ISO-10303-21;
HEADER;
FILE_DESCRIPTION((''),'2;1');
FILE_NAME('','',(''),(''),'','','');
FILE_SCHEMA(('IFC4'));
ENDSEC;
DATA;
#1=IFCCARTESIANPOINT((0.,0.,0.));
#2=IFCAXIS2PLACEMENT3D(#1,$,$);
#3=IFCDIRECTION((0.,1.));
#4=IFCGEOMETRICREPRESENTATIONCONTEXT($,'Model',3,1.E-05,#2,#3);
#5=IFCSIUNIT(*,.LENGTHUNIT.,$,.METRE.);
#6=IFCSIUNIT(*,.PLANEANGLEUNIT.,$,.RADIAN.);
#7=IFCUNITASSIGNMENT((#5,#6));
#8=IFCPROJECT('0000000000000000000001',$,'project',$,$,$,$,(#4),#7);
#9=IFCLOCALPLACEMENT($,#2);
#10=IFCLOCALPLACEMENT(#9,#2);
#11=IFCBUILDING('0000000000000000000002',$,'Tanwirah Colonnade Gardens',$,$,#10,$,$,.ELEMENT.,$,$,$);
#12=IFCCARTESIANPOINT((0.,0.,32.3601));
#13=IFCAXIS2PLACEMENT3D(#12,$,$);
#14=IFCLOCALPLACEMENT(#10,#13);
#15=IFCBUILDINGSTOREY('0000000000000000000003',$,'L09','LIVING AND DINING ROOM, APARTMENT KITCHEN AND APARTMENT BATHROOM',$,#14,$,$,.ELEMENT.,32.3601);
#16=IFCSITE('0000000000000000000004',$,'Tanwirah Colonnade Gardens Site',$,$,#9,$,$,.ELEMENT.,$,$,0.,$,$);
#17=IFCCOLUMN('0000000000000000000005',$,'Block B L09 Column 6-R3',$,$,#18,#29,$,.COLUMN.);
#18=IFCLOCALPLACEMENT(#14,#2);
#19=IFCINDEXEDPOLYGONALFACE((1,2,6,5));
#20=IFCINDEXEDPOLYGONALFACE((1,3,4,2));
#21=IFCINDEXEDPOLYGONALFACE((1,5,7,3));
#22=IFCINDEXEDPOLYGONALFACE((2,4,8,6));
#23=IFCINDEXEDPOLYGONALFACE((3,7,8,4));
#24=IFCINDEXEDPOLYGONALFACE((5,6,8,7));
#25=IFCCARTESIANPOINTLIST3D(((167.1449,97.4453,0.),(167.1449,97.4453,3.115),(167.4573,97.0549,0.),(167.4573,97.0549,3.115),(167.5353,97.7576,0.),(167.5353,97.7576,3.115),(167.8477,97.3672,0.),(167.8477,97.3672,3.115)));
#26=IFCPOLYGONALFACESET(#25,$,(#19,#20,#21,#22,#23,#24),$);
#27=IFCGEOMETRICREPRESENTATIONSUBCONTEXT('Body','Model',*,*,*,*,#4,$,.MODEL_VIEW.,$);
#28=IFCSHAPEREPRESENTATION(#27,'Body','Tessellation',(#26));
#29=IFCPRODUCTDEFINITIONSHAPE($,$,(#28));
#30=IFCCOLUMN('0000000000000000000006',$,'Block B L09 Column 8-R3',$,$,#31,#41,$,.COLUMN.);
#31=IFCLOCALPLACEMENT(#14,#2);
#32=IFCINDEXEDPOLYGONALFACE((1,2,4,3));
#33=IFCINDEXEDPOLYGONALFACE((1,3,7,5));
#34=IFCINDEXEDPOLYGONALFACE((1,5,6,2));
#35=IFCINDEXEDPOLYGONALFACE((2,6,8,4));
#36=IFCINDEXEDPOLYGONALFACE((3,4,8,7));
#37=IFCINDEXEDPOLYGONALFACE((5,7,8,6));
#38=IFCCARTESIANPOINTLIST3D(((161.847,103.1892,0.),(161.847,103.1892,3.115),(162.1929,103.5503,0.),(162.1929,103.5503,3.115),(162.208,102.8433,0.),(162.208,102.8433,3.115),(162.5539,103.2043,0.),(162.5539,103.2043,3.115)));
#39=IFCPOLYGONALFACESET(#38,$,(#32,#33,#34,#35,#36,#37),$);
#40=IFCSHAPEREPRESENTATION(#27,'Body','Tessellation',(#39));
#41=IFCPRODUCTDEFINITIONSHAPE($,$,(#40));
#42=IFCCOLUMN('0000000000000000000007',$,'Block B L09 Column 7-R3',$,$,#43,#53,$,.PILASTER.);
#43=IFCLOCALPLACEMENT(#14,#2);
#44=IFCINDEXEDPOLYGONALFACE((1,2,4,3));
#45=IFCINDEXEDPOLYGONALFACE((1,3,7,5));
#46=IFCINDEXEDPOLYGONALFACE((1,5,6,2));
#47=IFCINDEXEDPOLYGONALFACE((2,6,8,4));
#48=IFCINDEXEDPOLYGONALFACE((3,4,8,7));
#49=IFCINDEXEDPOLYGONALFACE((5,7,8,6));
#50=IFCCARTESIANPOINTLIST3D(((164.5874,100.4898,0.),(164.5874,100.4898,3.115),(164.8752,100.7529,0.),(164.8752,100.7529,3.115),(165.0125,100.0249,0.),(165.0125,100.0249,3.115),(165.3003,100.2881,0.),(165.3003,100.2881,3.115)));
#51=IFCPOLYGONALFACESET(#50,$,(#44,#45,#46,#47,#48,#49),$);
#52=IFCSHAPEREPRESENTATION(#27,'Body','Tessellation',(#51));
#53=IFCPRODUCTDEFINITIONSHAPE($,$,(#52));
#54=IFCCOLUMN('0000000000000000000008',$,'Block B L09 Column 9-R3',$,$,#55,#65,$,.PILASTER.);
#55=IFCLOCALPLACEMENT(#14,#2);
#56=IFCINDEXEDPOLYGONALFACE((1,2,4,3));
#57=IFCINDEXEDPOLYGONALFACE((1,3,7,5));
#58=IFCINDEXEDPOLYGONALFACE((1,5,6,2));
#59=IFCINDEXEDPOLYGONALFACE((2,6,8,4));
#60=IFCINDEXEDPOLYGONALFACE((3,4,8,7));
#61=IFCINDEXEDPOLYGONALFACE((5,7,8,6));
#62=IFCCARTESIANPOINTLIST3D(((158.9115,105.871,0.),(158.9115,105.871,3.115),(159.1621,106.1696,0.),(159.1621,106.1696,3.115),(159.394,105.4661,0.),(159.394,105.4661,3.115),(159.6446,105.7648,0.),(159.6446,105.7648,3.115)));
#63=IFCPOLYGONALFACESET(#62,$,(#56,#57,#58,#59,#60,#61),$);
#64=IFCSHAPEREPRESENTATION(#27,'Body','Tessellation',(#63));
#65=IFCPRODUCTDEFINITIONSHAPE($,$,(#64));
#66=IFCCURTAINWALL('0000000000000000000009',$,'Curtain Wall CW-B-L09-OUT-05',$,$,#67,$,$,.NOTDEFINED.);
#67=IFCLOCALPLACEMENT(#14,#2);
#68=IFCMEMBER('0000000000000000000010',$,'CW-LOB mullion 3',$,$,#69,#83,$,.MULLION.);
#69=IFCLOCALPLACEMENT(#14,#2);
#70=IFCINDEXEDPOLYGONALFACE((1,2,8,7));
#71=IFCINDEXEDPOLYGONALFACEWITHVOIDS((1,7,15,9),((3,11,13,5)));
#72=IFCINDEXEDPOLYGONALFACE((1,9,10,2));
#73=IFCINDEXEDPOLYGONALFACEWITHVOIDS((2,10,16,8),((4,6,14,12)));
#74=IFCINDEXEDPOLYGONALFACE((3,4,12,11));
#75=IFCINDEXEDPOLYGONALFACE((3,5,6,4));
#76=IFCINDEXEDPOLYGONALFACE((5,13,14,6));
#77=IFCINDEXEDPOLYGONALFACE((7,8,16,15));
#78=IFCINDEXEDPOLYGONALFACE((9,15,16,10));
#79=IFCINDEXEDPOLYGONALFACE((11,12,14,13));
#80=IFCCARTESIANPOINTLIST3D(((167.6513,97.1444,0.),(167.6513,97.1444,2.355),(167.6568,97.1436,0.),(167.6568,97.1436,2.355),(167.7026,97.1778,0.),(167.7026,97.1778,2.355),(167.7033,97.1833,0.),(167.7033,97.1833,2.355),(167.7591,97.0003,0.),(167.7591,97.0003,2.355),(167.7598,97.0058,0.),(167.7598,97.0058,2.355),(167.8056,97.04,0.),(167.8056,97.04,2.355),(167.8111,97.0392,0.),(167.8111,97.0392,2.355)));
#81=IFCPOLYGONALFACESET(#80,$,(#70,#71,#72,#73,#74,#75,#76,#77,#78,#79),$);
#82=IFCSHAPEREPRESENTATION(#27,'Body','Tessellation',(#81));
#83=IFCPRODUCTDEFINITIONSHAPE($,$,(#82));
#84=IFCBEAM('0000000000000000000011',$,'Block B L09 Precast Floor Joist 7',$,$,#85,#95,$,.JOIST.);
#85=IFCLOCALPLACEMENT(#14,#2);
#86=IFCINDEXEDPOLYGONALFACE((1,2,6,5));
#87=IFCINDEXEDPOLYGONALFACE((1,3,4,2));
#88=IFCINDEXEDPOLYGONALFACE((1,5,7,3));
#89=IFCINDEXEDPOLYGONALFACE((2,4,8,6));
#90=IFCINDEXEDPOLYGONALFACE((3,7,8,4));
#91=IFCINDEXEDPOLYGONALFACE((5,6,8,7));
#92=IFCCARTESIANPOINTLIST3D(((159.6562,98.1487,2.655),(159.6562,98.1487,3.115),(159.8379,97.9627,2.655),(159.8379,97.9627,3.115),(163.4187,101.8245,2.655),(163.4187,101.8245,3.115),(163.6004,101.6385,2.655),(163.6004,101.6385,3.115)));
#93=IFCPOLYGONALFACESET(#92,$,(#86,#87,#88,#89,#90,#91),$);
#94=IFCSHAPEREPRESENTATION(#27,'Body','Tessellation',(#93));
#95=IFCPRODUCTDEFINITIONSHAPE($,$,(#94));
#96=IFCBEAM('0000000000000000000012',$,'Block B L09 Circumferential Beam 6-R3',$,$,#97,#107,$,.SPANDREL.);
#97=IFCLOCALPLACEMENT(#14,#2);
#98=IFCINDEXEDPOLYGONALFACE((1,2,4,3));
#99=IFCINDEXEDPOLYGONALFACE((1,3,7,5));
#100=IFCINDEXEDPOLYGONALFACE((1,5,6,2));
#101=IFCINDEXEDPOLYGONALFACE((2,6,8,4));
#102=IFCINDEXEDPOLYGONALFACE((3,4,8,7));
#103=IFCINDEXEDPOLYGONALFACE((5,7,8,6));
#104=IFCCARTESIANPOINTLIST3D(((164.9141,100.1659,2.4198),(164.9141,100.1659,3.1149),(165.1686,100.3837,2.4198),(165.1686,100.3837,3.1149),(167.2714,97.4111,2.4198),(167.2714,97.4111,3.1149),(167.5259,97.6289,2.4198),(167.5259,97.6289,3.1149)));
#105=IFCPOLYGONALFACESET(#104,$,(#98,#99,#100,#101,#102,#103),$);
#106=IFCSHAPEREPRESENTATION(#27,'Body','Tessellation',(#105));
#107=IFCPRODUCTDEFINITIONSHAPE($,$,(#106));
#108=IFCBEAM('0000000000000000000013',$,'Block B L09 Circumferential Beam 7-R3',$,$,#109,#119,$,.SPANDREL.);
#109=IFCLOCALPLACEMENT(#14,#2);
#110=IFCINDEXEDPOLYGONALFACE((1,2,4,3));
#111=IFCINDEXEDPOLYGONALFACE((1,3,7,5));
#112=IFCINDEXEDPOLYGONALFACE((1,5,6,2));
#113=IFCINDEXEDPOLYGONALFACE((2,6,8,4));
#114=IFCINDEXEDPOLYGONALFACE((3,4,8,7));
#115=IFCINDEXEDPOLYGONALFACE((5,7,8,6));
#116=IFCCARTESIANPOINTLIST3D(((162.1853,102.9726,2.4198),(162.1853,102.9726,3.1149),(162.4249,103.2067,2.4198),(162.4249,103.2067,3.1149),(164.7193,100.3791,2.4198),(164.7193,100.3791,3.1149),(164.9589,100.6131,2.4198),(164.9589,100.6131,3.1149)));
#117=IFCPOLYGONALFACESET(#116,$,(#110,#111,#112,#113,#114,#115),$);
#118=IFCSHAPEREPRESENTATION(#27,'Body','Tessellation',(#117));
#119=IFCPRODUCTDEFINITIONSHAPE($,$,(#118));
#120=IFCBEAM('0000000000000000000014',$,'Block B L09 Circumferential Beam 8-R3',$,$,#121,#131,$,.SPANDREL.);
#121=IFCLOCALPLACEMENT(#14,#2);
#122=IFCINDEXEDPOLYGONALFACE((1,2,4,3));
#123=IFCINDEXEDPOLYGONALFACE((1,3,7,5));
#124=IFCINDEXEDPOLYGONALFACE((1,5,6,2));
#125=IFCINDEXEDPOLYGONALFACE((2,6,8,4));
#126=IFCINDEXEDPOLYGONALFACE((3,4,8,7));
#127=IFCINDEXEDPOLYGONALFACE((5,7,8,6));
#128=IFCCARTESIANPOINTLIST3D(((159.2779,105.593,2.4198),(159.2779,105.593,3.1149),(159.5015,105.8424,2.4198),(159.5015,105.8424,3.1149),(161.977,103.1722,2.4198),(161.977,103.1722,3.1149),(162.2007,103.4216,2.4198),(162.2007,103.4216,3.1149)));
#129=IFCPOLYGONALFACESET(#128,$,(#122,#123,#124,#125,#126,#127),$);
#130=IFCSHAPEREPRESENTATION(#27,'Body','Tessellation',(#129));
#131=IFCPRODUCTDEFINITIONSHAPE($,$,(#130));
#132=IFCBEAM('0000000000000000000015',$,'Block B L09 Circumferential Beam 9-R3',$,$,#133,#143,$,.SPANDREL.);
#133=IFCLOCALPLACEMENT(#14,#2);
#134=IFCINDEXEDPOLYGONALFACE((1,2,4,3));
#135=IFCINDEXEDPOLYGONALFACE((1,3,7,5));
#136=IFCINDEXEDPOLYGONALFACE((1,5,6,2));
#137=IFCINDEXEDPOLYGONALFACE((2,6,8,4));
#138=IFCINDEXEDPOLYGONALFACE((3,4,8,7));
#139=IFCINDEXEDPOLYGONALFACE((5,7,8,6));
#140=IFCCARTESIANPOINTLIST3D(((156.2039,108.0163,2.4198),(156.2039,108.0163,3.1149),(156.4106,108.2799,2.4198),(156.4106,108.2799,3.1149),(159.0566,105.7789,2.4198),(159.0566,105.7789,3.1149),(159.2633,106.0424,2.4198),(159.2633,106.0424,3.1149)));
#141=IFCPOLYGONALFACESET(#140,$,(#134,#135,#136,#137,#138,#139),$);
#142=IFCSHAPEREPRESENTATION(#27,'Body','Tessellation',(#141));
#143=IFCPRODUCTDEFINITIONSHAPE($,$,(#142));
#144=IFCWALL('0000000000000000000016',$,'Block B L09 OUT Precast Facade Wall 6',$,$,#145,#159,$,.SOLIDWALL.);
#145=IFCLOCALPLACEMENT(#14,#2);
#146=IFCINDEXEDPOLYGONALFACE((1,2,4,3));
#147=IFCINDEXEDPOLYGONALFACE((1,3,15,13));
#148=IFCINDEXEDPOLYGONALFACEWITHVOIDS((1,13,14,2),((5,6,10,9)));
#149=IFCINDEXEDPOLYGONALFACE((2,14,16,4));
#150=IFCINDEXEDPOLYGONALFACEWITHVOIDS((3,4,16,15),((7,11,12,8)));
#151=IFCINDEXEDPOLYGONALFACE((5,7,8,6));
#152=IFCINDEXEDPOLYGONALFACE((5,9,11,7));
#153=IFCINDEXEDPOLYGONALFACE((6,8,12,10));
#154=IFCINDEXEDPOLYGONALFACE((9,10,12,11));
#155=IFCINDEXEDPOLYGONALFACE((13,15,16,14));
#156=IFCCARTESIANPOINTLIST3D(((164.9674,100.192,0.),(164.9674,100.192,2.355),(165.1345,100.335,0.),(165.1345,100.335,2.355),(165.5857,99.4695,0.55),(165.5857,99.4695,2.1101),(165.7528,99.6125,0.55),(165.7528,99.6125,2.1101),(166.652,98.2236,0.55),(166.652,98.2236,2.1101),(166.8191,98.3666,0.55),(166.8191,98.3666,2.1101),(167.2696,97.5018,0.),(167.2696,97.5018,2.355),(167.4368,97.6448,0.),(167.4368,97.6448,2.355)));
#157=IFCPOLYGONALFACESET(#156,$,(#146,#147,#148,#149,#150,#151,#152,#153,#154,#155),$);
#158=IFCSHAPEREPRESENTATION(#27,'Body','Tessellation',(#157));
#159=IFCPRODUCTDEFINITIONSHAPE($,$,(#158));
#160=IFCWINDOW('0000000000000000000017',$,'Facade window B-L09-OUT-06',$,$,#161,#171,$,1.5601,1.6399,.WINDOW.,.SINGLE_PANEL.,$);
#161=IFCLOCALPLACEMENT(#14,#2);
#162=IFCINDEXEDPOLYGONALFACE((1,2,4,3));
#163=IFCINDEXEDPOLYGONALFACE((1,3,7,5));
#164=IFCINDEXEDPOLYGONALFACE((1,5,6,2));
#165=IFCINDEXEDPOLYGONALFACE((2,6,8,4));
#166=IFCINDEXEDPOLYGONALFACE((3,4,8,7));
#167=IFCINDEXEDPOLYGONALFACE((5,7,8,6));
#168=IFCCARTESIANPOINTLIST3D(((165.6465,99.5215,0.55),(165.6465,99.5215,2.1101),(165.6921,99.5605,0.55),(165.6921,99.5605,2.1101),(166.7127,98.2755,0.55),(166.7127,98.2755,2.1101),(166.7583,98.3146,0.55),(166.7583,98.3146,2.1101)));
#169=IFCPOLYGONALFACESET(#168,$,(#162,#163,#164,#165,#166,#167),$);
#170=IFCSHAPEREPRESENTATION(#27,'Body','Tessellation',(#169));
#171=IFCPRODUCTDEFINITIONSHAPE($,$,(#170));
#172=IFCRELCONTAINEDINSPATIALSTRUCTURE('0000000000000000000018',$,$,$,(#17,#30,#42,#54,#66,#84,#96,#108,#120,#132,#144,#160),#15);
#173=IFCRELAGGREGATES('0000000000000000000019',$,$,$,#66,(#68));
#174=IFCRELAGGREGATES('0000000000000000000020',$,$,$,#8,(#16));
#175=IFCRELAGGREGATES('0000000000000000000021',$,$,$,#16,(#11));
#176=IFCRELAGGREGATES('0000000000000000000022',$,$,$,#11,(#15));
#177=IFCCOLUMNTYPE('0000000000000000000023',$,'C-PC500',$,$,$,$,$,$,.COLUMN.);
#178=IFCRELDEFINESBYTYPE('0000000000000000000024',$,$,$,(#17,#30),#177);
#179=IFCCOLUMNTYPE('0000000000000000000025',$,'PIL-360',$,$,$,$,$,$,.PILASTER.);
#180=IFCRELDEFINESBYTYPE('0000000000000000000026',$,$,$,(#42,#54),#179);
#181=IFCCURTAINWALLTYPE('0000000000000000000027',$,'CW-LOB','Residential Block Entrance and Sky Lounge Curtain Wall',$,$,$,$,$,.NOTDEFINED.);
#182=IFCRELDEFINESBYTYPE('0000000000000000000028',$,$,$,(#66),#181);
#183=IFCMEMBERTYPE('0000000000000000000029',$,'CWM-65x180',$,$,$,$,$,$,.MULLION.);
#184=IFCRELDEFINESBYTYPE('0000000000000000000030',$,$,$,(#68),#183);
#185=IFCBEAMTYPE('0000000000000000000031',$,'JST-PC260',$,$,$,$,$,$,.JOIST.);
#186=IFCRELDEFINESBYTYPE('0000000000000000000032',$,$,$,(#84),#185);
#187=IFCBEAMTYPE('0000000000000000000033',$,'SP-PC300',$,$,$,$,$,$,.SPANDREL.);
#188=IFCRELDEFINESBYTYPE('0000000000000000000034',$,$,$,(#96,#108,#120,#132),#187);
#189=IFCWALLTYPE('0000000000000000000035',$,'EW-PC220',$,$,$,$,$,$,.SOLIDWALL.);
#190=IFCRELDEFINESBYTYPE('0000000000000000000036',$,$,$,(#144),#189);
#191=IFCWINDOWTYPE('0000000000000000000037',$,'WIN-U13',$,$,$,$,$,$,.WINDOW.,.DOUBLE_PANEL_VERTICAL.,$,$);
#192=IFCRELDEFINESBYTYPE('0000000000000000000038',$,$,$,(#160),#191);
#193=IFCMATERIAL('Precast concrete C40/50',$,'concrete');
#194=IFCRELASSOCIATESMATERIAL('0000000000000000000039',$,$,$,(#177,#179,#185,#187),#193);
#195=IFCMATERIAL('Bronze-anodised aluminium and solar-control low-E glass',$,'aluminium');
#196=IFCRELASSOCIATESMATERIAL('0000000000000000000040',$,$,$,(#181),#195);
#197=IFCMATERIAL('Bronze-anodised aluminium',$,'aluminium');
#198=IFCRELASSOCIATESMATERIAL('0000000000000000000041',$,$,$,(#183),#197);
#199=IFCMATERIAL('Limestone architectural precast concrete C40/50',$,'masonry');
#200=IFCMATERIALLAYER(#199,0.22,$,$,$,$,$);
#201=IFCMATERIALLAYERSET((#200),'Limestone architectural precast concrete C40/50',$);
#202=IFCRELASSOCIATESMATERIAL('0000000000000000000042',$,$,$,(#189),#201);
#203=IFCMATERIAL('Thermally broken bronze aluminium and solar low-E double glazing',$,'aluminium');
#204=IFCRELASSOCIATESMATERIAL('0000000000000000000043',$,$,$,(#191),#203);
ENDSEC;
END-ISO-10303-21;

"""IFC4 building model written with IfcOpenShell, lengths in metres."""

from ifc_helpers import new_model, si_unit, direction, frame, frame_2d, origin, origin_2d, place, context, subcontext, project, spatial, rectangle, hollow_rectangle, extrude, material, layer, layer_set, material_profile, profile_set, type_object, element, fill, aggregate, save


model = new_model("IFC4")

# Units and contexts
model_context = context("Model", 3, precision=1e-05, world=origin(), true_north=direction((0.0, 1.0)))
body_context = subcontext(model_context, "Body", "Model", "MODEL_VIEW")
ifc_project = project(units=[si_unit("LENGTHUNIT", "METRE"), si_unit("PLANEANGLEUNIT", "RADIAN")], contexts=[model_context])

# Site, building, storey
site_placement = place(None, origin())
site = spatial("IfcSite", under=ifc_project, at=site_placement, Name="Tanwirah Colonnade Gardens Site", CompositionType="ELEMENT", RefElevation=0.0)
building_placement = place(site_placement, origin())
building = spatial("IfcBuilding", under=site, at=building_placement, Name="Tanwirah Colonnade Gardens", CompositionType="ELEMENT")
storey_placement = place(building_placement, frame((0.0, 0.0, 32.3601)))
storey = spatial("IfcBuildingStorey", under=building, at=storey_placement, Name="L09", Description="LIVING AND DINING ROOM, APARTMENT KITCHEN AND APARTMENT BATHROOM", CompositionType="ELEMENT", Elevation=32.3601)

# Columns
ifc_material_1 = material(Name="Precast concrete C40/50", Category="concrete")
ifc_material_profile_1 = material_profile(ifc_material_1, rectangle(XDim=0.5, YDim=0.5, at=origin_2d()), Name="PC-COL 500x500")
ifc_profile_set_1 = profile_set([ifc_material_profile_1], Name="Precast concrete C40/50")
column_type_1 = type_object("IfcColumnType", Name="C-PC500", PredefinedType="COLUMN", material=ifc_profile_set_1)
for number, where, z_axis, x_axis, name in (
    (1, (167.4963, 97.4062, 0.0), (0.0, 0.0, 1.0), (0.780794, 0.624789, 0.0), "Block B L09 Column 6-R3"),
    (2, (162.2004, 103.1968, 0.0), (0.0, 0.0, 1.0), (0.691863, 0.722029, 0.0), "Block B L09 Column 8-R3"),
):
    element("IfcColumn", number, at=place(storey_placement, frame(where, z_axis=z_axis, x_axis=x_axis)), inside=storey, type_object=column_type_1, Name=name, PredefinedType="COLUMN", context=body_context, shape_type="SweptSolid", body=[
        extrude(rectangle(XDim=0.5, YDim=0.5, at=origin_2d()), origin(), (0.0, 0.0, 1.0), 3.115),
    ])
ifc_material_profile_2 = material_profile(ifc_material_1, rectangle(XDim=0.3899, YDim=0.6299, at=origin_2d()), Name="PC-PIL 390x630")
ifc_profile_set_2 = profile_set([ifc_material_profile_2], Name="Precast concrete C40/50")
column_type_2 = type_object("IfcColumnType", Name="PIL-360", PredefinedType="PILASTER", material=ifc_profile_set_2)
for number, where, z_axis, x_axis, name in (
    (3, (164.9438, 100.3889, 0.0), (0.0, 0.0, 1.0), (0.737932, 0.674875, 0.0), "Block B L09 Column 7-R3"),
    (4, (159.2781, 105.8179, 0.0), (0.0, 0.0, 1.0), (0.642788, 0.766044, 0.0), "Block B L09 Column 9-R3"),
):
    element("IfcColumn", number, at=place(storey_placement, frame(where, z_axis=z_axis, x_axis=x_axis)), inside=storey, type_object=column_type_2, Name=name, PredefinedType="PILASTER", context=body_context, shape_type="SweptSolid", body=[
        extrude(rectangle(XDim=0.3899, YDim=0.6299, at=origin_2d()), origin(), (0.0, 0.0, 1.0), 3.115),
    ])

# Curtain wall, member
ifc_material_2 = material(Name="Bronze-anodised aluminium and solar-control low-E glass", Category="aluminium")
curtain_wall_type = type_object("IfcCurtainWallType", Name="CW-LOB", Description="Residential Block Entrance and Sky Lounge Curtain Wall", PredefinedType="NOTDEFINED", material=ifc_material_2)
curtain_wall_placement = place(storey_placement, origin())
curtain_wall = element("IfcCurtainWall", 5, at=curtain_wall_placement, inside=storey, type_object=curtain_wall_type, Name="Curtain Wall CW-B-L09-OUT-05", PredefinedType="NOTDEFINED")
ifc_material_3 = material(Name="Bronze-anodised aluminium", Category="aluminium")
ifc_material_profile_3 = material_profile(ifc_material_3, hollow_rectangle(XDim=0.0649, YDim=0.1799, WallThickness=0.0039, at=origin_2d()), Name="CW-MUL 65x180x4")
ifc_profile_set_3 = profile_set([ifc_material_profile_3], Name="Bronze-anodised aluminium")
member_type = type_object("IfcMemberType", Name="CWM-65x180", PredefinedType="MULLION", material=ifc_profile_set_3)
member_placement = place(storey_placement, frame((167.7312, 97.0918, 0.0), z_axis=(0.0, 0.0, 1.0), x_axis=(-0.800964, -0.598712, 0.0)))
member = element("IfcMember", 6, at=member_placement, type_object=member_type, Name="CW-LOB mullion 3", PredefinedType="MULLION", context=body_context, shape_type="SweptSolid", body=[
    extrude(hollow_rectangle(XDim=0.0649, YDim=0.1799, WallThickness=0.0039, at=origin_2d()), origin(), (0.0, 0.0, 1.0), 2.355),
])
aggregate(curtain_wall, [member])

# Beams
ifc_material_profile_4 = material_profile(ifc_material_1, rectangle(XDim=0.26, YDim=0.46, at=origin_2d()), Name="PC-JST 260x460")
ifc_profile_set_4 = profile_set([ifc_material_profile_4], Name="Precast concrete C40/50")
beam_type_1 = type_object("IfcBeamType", Name="JST-PC260", PredefinedType="JOIST", material=ifc_profile_set_4)
beam_1_placement = place(storey_placement, frame((159.7471, 98.0557, 2.885), z_axis=(0.715297, 0.69882, 0.0), x_axis=(-0.69882, 0.715297, 0.0)))
element("IfcBeam", 7, at=beam_1_placement, inside=storey, type_object=beam_type_1, Name="Block B L09 Precast Floor Joist 7", PredefinedType="JOIST", context=body_context, shape_type="SweptSolid", body=[
    extrude(rectangle(XDim=0.26, YDim=0.46, at=origin_2d()), origin(), (0.0, 0.0, 1.0), 5.26),
])
ifc_material_profile_5 = material_profile(ifc_material_1, rectangle(XDim=0.335, YDim=0.6951, at=origin_2d()), Name="PC-SP 335x695")
ifc_profile_set_5 = profile_set([ifc_material_profile_5], Name="Precast concrete C40/50")
beam_type_2 = type_object("IfcBeamType", Name="SP-PC300", PredefinedType="SPANDREL", material=ifc_profile_set_5)
beam_2_placement = place(storey_placement, frame((167.3987, 97.52, 2.7673), z_axis=(-0.65017, 0.759789, 0.0), x_axis=(-0.759789, -0.65017, 0.0)))
element("IfcBeam", 8, at=beam_2_placement, inside=storey, type_object=beam_type_2, Name="Block B L09 Circumferential Beam 6-R3", PredefinedType="SPANDREL", context=body_context, shape_type="SweptSolid", body=[
    extrude(rectangle(XDim=0.335, YDim=0.6951, at=origin_2d()), origin(), (0.0, 0.0, 1.0), 3.6257),
])
beam_3_placement = place(storey_placement, frame((164.8391, 100.4961, 2.7673), z_axis=(-0.698844, 0.715274, 0.0), x_axis=(-0.715274, -0.698844, 0.0)))
element("IfcBeam", 9, at=beam_3_placement, inside=storey, type_object=beam_type_2, Name="Block B L09 Circumferential Beam 7-R3", PredefinedType="SPANDREL", context=body_context, shape_type="SweptSolid", body=[
    extrude(rectangle(XDim=0.335, YDim=0.6951, at=origin_2d()), origin(), (0.0, 0.0, 1.0), 3.626),
])
beam_4_placement = place(storey_placement, frame((162.0889, 103.2969, 2.7673), z_axis=(-0.744445, 0.667684, 0.0), x_axis=(-0.667684, -0.744445, 0.0)))
element("IfcBeam", 10, at=beam_4_placement, inside=storey, type_object=beam_type_2, Name="Block B L09 Circumferential Beam 8-R3", PredefinedType="SPANDREL", context=body_context, shape_type="SweptSolid", body=[
    extrude(rectangle(XDim=0.335, YDim=0.6951, at=origin_2d()), origin(), (0.0, 0.0, 1.0), 3.6257),
])
beam_5_placement = place(storey_placement, frame((159.1599, 105.9106, 2.7673), z_axis=(-0.786844, 0.617152, 0.0), x_axis=(-0.617152, -0.786844, 0.0)))
element("IfcBeam", 11, at=beam_5_placement, inside=storey, type_object=beam_type_2, Name="Block B L09 Circumferential Beam 9-R3", PredefinedType="SPANDREL", context=body_context, shape_type="SweptSolid", body=[
    extrude(rectangle(XDim=0.335, YDim=0.6951, at=origin_2d()), origin(), (0.0, 0.0, 1.0), 3.6255),
])

# Wall, opening, window
ifc_material_4 = material(Name="Limestone architectural precast concrete C40/50", Category="masonry")
ifc_layer_1 = layer(ifc_material_4, 0.22)
ifc_layer_set_1 = layer_set([ifc_layer_1], Name="Limestone architectural precast concrete C40/50")
wall_type_1 = type_object("IfcWallType", Name="EW-PC220", PredefinedType="SOLIDWALL", material=ifc_layer_set_1)
wall_1_placement = place(storey_placement, frame((167.3533, 97.5732, 0.0), z_axis=(0.0, 0.0, 1.0), x_axis=(-0.650201, 0.759763, 0.0)))
wall_1 = element("IfcWall", 12, at=wall_1_placement, inside=storey, type_object=wall_type_1, Name="Block B L09 OUT Precast Facade Wall 6", PredefinedType="SOLIDWALL", context=body_context, shape_type="SweptSolid", body=[
    extrude(rectangle(XDim=3.5408, YDim=0.22, at=frame_2d((1.7705, 0.0))), origin(), (0.0, 0.0, 1.0), 2.355),
])
opening_1_placement = place(wall_1_placement, frame((0.9502, 0.0, 0.55)))
opening_1 = element("IfcOpeningElement", 13, at=opening_1_placement, cuts=wall_1, PredefinedType="OPENING", context=body_context, shape_type="SweptSolid", body=[
    extrude(rectangle(XDim=1.6399, YDim=1.5601, at=frame_2d((0.8198, 0.78))), frame((0.0, 0.1199, 0.0), z_axis=(0.0, -1.0, 0.0), x_axis=(1.0, 0.0, 0.0)), (0.0, 0.0, 1.0), 0.24),
])
ifc_material_5 = material(Name="Thermally broken bronze aluminium and solar low-E double glazing", Category="aluminium")
window_type_1 = type_object("IfcWindowType", Name="WIN-U13", PartitioningType="DOUBLE_PANEL_VERTICAL", PredefinedType="WINDOW", material=ifc_material_5)
window_1_placement = place(opening_1_placement, origin())
window_1 = element("IfcWindow", 14, at=window_1_placement, inside=storey, type_object=window_type_1, Name="Facade window B-L09-OUT-06", OverallHeight=1.5601, OverallWidth=1.6399, PartitioningType="SINGLE_PANEL", PredefinedType="WINDOW", context=body_context, shape_type="SweptSolid", body=[
    extrude(rectangle(XDim=1.6399, YDim=1.5601, at=frame_2d((0.8198, 0.78))), frame((0.0, 0.03, 0.0), z_axis=(0.0, -1.0, 0.0), x_axis=(1.0, 0.0, 0.0)), (0.0, 0.0, 1.0), 0.0601),
])
fill(opening_1, window_1)

save(model, "model.ifc")
